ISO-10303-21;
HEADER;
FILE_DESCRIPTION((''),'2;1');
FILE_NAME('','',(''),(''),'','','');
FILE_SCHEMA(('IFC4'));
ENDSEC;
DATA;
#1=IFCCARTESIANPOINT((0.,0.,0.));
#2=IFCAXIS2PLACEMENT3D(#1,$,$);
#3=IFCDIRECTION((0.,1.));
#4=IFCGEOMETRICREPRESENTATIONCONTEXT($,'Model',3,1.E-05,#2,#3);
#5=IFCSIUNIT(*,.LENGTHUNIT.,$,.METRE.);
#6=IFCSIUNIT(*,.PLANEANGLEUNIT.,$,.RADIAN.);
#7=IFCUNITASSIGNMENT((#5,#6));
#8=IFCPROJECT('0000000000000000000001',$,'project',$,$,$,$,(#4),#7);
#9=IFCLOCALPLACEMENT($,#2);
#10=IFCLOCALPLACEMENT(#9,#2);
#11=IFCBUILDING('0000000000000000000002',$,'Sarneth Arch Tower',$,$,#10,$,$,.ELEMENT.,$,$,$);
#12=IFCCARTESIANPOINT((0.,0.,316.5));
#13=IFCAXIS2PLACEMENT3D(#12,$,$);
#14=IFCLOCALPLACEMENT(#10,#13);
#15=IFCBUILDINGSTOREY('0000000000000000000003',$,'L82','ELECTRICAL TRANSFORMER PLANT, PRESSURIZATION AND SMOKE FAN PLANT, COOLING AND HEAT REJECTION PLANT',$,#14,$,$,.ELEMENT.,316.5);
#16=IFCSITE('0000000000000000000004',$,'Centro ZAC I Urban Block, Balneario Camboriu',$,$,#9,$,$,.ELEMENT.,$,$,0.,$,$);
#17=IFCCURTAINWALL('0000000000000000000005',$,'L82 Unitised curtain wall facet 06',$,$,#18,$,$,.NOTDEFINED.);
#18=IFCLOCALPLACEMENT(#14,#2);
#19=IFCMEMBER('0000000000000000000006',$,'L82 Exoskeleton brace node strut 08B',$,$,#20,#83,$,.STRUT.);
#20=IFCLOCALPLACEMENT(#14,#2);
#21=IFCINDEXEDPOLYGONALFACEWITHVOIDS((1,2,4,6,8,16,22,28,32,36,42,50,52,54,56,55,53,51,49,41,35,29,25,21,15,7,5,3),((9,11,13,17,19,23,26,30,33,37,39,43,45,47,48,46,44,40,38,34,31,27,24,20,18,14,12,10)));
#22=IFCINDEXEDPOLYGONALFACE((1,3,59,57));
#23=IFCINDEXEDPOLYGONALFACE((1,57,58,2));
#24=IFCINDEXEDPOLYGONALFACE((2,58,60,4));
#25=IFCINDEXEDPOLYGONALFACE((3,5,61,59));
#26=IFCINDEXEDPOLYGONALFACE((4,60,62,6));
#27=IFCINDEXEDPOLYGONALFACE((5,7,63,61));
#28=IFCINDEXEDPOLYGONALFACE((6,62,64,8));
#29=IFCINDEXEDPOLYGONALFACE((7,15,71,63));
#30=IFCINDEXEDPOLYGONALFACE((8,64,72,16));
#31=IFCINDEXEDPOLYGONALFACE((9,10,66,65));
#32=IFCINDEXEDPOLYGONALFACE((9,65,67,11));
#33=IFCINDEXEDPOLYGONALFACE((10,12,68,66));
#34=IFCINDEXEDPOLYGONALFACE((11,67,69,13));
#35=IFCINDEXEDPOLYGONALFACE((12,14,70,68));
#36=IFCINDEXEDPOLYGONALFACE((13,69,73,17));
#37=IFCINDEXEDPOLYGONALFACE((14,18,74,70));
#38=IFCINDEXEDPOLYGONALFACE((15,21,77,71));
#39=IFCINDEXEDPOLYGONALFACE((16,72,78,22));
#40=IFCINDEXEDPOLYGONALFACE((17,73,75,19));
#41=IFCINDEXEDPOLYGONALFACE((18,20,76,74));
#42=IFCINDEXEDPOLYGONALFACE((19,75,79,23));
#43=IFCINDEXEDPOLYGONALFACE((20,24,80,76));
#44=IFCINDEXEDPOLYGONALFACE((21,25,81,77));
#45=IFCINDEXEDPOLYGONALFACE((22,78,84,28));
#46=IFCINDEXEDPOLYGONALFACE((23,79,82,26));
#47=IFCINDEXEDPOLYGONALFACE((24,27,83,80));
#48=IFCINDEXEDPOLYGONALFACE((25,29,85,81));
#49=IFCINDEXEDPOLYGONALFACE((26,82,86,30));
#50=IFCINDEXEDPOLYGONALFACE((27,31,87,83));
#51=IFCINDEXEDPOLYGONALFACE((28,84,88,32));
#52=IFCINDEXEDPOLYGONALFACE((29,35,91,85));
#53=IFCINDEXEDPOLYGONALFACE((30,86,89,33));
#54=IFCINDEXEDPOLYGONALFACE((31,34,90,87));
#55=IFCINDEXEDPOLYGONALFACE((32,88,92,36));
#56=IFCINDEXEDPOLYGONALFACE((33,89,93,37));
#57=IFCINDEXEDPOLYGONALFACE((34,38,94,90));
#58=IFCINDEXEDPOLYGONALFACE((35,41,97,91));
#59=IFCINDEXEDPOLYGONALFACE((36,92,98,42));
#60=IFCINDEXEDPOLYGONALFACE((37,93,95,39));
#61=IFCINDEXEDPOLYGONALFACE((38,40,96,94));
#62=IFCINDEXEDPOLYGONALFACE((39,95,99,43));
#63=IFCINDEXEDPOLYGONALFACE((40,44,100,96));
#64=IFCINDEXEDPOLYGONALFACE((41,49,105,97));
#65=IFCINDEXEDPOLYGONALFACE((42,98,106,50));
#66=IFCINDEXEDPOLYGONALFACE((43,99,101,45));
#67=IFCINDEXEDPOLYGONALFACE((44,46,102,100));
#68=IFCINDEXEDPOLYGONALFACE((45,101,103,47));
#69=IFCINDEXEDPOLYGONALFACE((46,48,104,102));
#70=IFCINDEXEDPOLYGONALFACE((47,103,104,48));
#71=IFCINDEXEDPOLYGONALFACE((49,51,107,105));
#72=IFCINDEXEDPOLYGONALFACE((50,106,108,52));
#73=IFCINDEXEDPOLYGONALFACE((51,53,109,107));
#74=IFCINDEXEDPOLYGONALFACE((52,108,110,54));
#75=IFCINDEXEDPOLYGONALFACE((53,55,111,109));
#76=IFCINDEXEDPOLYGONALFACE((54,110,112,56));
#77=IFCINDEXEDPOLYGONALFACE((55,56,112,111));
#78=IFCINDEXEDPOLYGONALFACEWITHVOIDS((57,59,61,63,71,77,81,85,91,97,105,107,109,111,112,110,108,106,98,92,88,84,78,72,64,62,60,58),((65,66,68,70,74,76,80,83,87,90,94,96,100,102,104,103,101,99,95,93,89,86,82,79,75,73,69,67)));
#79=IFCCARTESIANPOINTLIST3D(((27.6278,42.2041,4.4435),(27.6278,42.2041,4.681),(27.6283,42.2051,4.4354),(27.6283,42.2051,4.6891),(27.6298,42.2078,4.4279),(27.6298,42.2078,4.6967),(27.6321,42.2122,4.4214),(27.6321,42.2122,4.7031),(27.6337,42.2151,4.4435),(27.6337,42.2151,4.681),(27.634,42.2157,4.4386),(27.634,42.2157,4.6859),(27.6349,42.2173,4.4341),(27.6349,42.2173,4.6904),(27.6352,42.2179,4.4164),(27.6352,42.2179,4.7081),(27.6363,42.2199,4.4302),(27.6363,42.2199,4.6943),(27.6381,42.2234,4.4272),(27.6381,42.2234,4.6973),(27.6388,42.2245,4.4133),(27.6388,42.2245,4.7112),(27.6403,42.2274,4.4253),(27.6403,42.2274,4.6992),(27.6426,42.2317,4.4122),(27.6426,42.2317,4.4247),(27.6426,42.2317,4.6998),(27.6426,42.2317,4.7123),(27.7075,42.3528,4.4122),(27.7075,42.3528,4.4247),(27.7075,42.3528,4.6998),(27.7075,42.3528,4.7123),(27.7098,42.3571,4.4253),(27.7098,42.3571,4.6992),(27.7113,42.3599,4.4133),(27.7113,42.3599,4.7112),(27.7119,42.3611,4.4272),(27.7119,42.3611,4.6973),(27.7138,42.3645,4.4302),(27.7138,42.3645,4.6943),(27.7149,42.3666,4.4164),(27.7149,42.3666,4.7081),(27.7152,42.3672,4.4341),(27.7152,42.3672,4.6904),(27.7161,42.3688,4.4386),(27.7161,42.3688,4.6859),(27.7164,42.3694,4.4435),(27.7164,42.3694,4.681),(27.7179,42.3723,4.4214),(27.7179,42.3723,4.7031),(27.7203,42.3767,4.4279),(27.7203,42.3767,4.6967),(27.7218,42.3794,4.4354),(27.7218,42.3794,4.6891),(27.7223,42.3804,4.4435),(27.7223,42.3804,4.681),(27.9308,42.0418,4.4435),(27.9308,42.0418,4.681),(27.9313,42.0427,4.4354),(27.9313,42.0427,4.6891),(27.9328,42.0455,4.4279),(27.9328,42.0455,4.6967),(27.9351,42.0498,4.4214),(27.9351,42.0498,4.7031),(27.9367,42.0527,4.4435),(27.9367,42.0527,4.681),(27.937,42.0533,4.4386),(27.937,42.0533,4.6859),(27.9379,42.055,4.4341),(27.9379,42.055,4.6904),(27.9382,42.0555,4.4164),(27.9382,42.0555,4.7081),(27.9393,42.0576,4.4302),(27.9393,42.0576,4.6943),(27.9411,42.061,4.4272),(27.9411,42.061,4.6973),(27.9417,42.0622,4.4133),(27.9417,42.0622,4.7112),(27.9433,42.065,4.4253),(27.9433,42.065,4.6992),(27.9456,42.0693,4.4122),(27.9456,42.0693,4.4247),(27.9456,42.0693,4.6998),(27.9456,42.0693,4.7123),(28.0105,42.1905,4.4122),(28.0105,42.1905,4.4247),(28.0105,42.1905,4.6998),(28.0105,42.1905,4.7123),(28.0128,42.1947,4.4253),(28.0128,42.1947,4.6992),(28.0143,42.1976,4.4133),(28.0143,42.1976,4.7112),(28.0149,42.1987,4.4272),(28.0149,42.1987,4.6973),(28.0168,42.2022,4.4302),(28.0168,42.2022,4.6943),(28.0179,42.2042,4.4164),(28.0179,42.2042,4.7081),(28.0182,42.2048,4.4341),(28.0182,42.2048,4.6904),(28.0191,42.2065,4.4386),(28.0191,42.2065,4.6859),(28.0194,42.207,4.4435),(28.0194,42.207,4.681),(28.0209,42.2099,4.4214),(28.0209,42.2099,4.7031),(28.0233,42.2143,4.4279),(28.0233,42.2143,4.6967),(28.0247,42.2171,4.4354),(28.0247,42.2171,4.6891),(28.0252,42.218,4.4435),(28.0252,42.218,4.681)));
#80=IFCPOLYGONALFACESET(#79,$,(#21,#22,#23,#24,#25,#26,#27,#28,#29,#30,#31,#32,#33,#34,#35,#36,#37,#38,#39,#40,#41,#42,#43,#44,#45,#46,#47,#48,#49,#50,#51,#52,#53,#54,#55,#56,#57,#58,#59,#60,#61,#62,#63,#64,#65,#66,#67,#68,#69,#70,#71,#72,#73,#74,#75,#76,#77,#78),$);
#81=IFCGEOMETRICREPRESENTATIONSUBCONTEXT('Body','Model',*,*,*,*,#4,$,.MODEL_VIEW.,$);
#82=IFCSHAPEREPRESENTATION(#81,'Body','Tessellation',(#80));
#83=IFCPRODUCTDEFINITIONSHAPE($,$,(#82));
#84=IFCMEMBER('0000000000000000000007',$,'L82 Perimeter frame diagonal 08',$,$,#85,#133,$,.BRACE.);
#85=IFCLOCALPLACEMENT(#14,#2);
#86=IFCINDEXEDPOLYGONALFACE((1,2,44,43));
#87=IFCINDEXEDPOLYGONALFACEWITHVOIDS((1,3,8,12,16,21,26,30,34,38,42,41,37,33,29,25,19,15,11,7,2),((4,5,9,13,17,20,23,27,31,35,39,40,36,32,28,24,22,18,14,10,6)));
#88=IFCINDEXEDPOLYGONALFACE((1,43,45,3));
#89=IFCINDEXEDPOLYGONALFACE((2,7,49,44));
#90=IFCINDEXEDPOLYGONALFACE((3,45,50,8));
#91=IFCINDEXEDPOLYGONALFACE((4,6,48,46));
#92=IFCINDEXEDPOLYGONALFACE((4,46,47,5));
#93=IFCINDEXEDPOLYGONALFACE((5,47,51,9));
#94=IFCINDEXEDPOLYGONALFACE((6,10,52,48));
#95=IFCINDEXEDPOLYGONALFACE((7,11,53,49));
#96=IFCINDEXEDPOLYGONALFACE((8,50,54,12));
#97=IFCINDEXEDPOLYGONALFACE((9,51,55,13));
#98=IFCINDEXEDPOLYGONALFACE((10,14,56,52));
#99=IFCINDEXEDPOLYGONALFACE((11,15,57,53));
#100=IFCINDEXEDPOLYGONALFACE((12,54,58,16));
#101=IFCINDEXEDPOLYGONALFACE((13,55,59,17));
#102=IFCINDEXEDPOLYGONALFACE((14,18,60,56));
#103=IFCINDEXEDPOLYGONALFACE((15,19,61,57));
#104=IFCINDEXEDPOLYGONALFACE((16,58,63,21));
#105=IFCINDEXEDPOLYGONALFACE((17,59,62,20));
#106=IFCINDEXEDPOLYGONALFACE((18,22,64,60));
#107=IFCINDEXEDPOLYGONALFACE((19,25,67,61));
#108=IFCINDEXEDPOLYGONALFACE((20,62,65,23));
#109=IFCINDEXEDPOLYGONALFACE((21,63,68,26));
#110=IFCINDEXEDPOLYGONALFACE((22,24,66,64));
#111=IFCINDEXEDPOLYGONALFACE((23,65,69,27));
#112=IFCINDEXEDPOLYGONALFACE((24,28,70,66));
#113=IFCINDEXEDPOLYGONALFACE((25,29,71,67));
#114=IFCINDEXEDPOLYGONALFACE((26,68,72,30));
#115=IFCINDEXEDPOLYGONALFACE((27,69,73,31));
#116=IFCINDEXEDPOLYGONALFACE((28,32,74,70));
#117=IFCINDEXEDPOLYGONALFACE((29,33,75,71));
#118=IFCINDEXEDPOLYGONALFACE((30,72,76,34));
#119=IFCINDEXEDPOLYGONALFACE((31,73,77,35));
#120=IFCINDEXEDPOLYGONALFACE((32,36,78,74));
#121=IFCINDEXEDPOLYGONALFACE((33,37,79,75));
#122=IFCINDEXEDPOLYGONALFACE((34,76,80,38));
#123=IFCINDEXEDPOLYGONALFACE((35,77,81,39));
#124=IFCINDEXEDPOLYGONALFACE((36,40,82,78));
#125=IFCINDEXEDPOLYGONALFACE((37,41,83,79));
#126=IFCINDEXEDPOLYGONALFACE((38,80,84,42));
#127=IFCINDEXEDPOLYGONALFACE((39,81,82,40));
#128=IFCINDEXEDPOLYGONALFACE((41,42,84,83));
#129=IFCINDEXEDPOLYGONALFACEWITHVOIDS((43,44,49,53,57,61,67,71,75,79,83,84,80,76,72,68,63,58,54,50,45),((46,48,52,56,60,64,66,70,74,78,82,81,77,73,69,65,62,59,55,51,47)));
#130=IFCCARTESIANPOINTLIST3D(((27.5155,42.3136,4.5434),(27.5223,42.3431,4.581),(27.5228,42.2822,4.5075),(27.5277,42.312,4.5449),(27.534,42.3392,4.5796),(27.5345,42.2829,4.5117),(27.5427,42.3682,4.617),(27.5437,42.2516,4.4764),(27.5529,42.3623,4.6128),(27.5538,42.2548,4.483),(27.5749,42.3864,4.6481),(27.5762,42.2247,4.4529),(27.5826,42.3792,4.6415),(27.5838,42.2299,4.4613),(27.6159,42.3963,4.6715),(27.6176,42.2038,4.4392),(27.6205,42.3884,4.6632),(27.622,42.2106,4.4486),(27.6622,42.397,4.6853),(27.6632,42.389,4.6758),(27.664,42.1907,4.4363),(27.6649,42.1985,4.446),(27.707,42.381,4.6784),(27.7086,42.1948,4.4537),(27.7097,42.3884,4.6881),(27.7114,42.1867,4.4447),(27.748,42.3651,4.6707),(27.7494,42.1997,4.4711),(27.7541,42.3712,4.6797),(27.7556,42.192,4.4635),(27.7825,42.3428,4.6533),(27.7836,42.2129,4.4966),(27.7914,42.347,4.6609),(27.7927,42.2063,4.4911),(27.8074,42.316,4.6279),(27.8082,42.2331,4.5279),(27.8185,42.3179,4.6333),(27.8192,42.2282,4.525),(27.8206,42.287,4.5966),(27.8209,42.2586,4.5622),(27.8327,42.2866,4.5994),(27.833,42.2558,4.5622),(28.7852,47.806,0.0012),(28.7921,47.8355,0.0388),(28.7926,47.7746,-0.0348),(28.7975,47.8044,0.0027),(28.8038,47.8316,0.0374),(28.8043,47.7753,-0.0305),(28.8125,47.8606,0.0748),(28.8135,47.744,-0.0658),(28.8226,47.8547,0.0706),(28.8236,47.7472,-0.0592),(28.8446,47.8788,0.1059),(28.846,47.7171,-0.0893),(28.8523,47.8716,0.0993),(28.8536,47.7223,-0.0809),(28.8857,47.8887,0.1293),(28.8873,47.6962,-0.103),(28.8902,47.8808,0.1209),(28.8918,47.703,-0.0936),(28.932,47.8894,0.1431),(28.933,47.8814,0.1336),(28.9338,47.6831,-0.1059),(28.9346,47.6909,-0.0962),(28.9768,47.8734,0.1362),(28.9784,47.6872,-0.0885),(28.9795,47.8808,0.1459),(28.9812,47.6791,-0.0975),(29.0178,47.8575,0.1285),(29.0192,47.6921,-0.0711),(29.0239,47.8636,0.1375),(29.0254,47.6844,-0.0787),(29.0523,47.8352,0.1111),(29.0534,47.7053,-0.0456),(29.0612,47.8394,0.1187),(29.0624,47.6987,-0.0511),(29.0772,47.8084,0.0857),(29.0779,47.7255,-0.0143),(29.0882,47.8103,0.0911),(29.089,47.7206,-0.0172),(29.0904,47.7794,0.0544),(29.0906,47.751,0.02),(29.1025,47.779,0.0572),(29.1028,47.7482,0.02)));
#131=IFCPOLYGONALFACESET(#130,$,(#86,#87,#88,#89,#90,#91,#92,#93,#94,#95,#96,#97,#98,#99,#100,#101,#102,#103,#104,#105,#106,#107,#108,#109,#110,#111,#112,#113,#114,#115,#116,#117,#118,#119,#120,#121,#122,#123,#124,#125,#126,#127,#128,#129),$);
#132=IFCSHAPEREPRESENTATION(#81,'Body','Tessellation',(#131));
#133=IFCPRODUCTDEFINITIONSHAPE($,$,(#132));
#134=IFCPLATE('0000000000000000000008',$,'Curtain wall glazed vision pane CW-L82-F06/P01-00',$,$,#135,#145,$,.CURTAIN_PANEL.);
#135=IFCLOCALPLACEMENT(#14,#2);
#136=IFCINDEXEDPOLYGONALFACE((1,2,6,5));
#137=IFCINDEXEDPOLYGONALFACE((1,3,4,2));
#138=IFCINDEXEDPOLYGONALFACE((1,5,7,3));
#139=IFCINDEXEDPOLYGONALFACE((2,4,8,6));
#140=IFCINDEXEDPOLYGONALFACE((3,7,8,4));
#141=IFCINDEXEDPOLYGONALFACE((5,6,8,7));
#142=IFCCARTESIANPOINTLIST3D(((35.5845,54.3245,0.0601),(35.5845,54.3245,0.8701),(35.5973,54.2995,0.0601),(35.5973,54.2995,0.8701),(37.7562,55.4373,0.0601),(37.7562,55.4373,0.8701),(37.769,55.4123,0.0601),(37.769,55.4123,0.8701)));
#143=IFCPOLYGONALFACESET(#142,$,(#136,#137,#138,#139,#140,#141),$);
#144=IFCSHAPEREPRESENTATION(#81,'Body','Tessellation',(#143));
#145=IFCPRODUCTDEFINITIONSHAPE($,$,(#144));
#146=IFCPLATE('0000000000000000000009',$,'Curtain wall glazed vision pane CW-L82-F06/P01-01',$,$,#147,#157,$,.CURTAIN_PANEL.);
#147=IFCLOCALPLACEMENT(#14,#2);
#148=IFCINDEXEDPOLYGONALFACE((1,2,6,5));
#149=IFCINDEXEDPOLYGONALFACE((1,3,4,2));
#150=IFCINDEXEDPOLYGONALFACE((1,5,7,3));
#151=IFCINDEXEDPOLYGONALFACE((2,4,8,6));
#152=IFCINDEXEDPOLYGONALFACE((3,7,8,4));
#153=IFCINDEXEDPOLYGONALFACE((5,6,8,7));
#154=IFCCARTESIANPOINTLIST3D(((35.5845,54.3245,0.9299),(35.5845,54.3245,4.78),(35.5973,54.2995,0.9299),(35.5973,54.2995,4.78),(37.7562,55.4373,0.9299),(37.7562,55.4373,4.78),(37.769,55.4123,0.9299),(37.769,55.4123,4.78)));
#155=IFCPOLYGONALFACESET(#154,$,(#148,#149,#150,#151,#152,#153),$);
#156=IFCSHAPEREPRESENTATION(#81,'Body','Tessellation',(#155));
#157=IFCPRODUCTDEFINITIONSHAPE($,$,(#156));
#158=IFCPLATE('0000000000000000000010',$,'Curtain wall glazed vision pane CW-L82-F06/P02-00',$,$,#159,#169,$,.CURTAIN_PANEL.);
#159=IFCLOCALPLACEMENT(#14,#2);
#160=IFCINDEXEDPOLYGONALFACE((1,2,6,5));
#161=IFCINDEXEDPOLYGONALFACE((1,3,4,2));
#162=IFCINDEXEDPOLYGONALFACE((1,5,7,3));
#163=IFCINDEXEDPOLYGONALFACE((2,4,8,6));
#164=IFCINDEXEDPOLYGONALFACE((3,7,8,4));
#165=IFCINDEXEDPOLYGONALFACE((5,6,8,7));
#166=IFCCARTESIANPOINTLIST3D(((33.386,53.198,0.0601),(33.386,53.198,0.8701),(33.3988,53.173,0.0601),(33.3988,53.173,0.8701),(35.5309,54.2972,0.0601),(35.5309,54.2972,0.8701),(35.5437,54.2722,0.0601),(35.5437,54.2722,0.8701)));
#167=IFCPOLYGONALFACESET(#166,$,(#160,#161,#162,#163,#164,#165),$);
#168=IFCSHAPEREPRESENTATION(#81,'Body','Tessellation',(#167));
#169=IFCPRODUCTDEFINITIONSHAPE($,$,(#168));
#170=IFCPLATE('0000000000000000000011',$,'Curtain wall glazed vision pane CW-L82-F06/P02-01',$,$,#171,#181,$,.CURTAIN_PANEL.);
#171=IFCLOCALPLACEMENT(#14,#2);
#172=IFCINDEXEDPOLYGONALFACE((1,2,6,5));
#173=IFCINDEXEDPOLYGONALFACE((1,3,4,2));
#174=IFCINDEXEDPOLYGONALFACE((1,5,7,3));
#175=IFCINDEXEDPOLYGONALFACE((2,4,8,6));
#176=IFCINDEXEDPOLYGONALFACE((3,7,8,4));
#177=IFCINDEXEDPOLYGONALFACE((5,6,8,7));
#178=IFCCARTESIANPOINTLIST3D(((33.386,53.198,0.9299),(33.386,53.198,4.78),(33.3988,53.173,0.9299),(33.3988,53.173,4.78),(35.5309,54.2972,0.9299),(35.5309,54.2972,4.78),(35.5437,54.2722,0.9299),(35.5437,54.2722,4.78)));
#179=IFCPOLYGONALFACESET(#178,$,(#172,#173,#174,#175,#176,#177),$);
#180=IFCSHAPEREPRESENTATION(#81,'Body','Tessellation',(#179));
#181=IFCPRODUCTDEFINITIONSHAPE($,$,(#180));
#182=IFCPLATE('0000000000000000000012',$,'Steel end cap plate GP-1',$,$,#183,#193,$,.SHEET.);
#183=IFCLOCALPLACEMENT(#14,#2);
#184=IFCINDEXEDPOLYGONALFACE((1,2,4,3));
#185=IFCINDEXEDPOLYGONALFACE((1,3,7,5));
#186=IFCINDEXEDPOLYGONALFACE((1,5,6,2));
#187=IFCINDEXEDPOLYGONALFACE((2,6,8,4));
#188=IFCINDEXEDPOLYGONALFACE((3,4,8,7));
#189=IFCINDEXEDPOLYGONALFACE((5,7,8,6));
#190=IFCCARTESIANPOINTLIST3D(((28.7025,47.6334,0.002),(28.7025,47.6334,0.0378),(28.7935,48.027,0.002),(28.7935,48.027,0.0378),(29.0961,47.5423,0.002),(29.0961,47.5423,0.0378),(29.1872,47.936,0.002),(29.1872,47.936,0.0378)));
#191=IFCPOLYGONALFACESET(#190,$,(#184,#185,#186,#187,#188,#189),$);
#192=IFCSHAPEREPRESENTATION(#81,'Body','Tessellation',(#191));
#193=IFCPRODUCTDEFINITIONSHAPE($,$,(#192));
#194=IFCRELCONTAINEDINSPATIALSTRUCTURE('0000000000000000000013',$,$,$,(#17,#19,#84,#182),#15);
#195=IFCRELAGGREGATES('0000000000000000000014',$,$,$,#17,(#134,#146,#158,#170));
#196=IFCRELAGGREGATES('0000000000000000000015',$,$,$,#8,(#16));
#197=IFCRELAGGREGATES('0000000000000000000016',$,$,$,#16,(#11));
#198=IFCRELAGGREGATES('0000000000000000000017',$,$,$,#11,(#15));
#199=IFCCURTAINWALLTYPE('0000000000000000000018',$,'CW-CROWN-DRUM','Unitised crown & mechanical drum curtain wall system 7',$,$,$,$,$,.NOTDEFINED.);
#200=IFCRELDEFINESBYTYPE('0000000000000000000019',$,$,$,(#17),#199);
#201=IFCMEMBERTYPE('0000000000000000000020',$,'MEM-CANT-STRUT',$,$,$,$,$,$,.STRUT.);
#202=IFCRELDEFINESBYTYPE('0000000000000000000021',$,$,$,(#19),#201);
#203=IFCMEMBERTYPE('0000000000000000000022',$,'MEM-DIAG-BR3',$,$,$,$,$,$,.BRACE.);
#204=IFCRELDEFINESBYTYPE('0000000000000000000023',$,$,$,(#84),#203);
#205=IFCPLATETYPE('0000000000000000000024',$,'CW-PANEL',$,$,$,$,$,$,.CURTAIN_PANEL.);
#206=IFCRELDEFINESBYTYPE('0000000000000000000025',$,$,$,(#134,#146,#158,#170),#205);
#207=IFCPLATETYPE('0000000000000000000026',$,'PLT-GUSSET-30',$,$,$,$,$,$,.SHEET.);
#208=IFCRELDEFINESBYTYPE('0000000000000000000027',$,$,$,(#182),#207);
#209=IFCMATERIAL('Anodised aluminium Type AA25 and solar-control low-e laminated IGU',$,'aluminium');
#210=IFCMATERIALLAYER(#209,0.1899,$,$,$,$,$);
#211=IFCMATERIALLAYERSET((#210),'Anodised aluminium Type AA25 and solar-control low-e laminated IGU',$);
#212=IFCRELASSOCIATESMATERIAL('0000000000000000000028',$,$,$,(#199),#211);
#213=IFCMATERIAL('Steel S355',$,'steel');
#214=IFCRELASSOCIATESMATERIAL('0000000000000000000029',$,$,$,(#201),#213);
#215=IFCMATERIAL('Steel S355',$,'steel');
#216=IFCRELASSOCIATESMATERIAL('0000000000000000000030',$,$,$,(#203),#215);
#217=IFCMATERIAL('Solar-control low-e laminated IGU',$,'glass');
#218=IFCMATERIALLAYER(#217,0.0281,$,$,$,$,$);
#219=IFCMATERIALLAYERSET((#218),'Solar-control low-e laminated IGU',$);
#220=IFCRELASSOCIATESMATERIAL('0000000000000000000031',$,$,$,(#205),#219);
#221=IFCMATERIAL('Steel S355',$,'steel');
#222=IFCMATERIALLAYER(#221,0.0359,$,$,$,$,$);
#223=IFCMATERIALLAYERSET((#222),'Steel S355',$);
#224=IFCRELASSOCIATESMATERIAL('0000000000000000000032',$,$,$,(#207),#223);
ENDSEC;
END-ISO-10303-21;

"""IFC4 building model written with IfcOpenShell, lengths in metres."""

from ifc_helpers import new_model, si_unit, direction, frame, origin, origin_2d, place, context, subcontext, project, spatial, rectangle, hollow_rectangle, hollow_circle, extrude, material, layer, layer_set, material_profile, profile_set, type_object, element, aggregate, save


model = new_model("IFC4")

# Units and contexts
model_context = context("Model", 3, precision=1e-05, world=origin(), true_north=direction((0.0, 1.0)))
body_context = subcontext(model_context, "Body", "Model", "MODEL_VIEW")
ifc_project = project(units=[si_unit("LENGTHUNIT", "METRE"), si_unit("PLANEANGLEUNIT", "RADIAN")], contexts=[model_context])

# Site, building, storey
site_placement = place(None, origin())
site = spatial("IfcSite", under=ifc_project, at=site_placement, Name="Centro ZAC I Urban Block, Balneario Camboriu", CompositionType="ELEMENT", RefElevation=0.0)
building_placement = place(site_placement, origin())
building = spatial("IfcBuilding", under=site, at=building_placement, Name="Sarneth Arch Tower", CompositionType="ELEMENT")
storey_placement = place(building_placement, frame((0.0, 0.0, 316.5)))
storey = spatial("IfcBuildingStorey", under=building, at=storey_placement, Name="L82", Description="ELECTRICAL TRANSFORMER PLANT, PRESSURIZATION AND SMOKE FAN PLANT, COOLING AND HEAT REJECTION PLANT", CompositionType="ELEMENT", Elevation=316.5)

# Curtain wall
ifc_material_1 = material(Name="Anodised aluminium Type AA25 and solar-control low-e laminated IGU", Category="aluminium")
ifc_layer_1 = layer(ifc_material_1, 0.1899)
ifc_layer_set_1 = layer_set([ifc_layer_1], Name="Anodised aluminium Type AA25 and solar-control low-e laminated IGU")
curtain_wall_type = type_object("IfcCurtainWallType", Name="CW-CROWN-DRUM", Description="Unitised crown & mechanical drum curtain wall system 7", PredefinedType="NOTDEFINED", material=ifc_layer_set_1)
curtain_wall_placement = place(storey_placement, origin())
curtain_wall = element("IfcCurtainWall", 1, at=curtain_wall_placement, inside=storey, type_object=curtain_wall_type, Name="L82 Unitised curtain wall facet 06", PredefinedType="NOTDEFINED")

# Members
ifc_material_2 = material(Name="Steel S355", Category="steel")
ifc_material_profile_1 = material_profile(ifc_material_2, hollow_rectangle(XDim=0.2, YDim=0.3, WallThickness=0.0125, InnerFilletRadius=0.0188, OuterFilletRadius=0.0312, at=origin_2d()), Name="RHS300x200x12.5")
ifc_profile_set_1 = profile_set([ifc_material_profile_1], Name="Steel S355")
member_type_1 = type_object("IfcMemberType", Name="MEM-CANT-STRUT", PredefinedType="STRUT", material=ifc_profile_set_1)
member_1_placement = place(storey_placement, frame((27.978, 42.1299, 4.5623), z_axis=(-0.881427, 0.47232, 0.0), x_axis=(-0.47232, -0.881427, 0.0)))
element("IfcMember", 2, at=member_1_placement, inside=storey, type_object=member_type_1, Name="L82 Exoskeleton brace node strut 08B", PredefinedType="STRUT", context=body_context, shape_type="SweptSolid", body=[
    extrude(hollow_rectangle(XDim=0.2, YDim=0.3, WallThickness=0.0125, InnerFilletRadius=0.0188, OuterFilletRadius=0.0312, at=origin_2d()), origin(), (0.0, 0.0, 1.0), 0.3438),
])
ifc_material_3 = material(Name="Steel S355", Category="steel")
ifc_material_profile_2 = material_profile(ifc_material_3, hollow_circle(Radius=0.1621, WallThickness=0.0125, at=origin_2d()), Name="CHS324x12.5")
ifc_profile_set_2 = profile_set([ifc_material_profile_2], Name="Steel S355")
member_type_2 = type_object("IfcMemberType", Name="MEM-DIAG-BR3", PredefinedType="BRACE", material=ifc_profile_set_2)
member_2_placement = place(storey_placement, frame((28.9448, 47.7847, 0.02), z_axis=(-0.175394, -0.758671, 0.62742), x_axis=(0.974302, -0.225245, 0.0)))
element("IfcMember", 3, at=member_2_placement, inside=storey, type_object=member_type_2, Name="L82 Perimeter frame diagonal 08", PredefinedType="BRACE", context=body_context, shape_type="SweptSolid", body=[
    extrude(hollow_circle(Radius=0.1621, WallThickness=0.0125, at=origin_2d()), origin(), (0.0, 0.0, 1.0), 7.2395),
])

# Plates
ifc_material_4 = material(Name="Solar-control low-e laminated IGU", Category="glass")
ifc_layer_2 = layer(ifc_material_4, 0.0281)
ifc_layer_set_2 = layer_set([ifc_layer_2], Name="Solar-control low-e laminated IGU")
plate_type_1 = type_object("IfcPlateType", Name="CW-PANEL", PredefinedType="CURTAIN_PANEL", material=ifc_layer_set_2)
plate_1_placement = place(storey_placement, frame((36.6768, 54.8684, 0.0601), z_axis=(0.0, 0.0, 1.0), x_axis=(-0.889959, -0.45604, 0.0)))
plate_1 = element("IfcPlate", 4, at=plate_1_placement, type_object=plate_type_1, Name="Curtain wall glazed vision pane CW-L82-F06/P01-00", PredefinedType="CURTAIN_PANEL", context=body_context, shape_type="SweptSolid", body=[
    extrude(rectangle(XDim=2.4402, YDim=0.0281, at=origin_2d()), origin(), (0.0, 0.0, 1.0), 0.8101),
])
plate_2_placement = place(storey_placement, frame((36.6768, 54.8684, 0.9299), z_axis=(0.0, 0.0, 1.0), x_axis=(-0.889959, -0.45604, 0.0)))
plate_2 = element("IfcPlate", 5, at=plate_2_placement, type_object=plate_type_1, Name="Curtain wall glazed vision pane CW-L82-F06/P01-01", PredefinedType="CURTAIN_PANEL", context=body_context, shape_type="SweptSolid", body=[
    extrude(rectangle(XDim=2.4402, YDim=0.0281, at=origin_2d()), origin(), (0.0, 0.0, 1.0), 3.8501),
])
plate_3_placement = place(storey_placement, frame((34.4648, 53.7351, 0.0601), z_axis=(0.0, 0.0, 1.0), x_axis=(-0.889959, -0.45604, 0.0)))
plate_3 = element("IfcPlate", 6, at=plate_3_placement, type_object=plate_type_1, Name="Curtain wall glazed vision pane CW-L82-F06/P02-00", PredefinedType="CURTAIN_PANEL", context=body_context, shape_type="SweptSolid", body=[
    extrude(rectangle(XDim=2.4102, YDim=0.0281, at=origin_2d()), origin(), (0.0, 0.0, 1.0), 0.8101),
])
plate_4_placement = place(storey_placement, frame((34.4648, 53.7351, 0.9299), z_axis=(0.0, 0.0, 1.0), x_axis=(-0.889959, -0.45604, 0.0)))
plate_4 = element("IfcPlate", 7, at=plate_4_placement, type_object=plate_type_1, Name="Curtain wall glazed vision pane CW-L82-F06/P02-01", PredefinedType="CURTAIN_PANEL", context=body_context, shape_type="SweptSolid", body=[
    extrude(rectangle(XDim=2.4102, YDim=0.0281, at=origin_2d()), origin(), (0.0, 0.0, 1.0), 3.8501),
])
aggregate(curtain_wall, [plate_1, plate_2, plate_3, plate_4])

# Plate
ifc_material_5 = material(Name="Steel S355", Category="steel")
ifc_layer_3 = layer(ifc_material_5, 0.0359)
ifc_layer_set_3 = layer_set([ifc_layer_3], Name="Steel S355")
plate_type_2 = type_object("IfcPlateType", Name="PLT-GUSSET-30", PredefinedType="SHEET", material=ifc_layer_set_3)
for number, where, z_axis, x_axis, name in (
    (8, (28.9448, 47.7847, 0.002), (0.0, 0.0, 1.0), (-0.225291, -0.974291, 0.0), "Steel end cap plate GP-1"),
):
    element("IfcPlate", number, at=place(storey_placement, frame(where, z_axis=z_axis, x_axis=x_axis)), inside=storey, type_object=plate_type_2, Name=name, PredefinedType="SHEET", context=body_context, shape_type="SweptSolid", body=[
        extrude(rectangle(XDim=0.4041, YDim=0.4041, at=origin_2d()), origin(), (0.0, 0.0, 1.0), 0.0359),
    ])

save(model, "model.ifc")
